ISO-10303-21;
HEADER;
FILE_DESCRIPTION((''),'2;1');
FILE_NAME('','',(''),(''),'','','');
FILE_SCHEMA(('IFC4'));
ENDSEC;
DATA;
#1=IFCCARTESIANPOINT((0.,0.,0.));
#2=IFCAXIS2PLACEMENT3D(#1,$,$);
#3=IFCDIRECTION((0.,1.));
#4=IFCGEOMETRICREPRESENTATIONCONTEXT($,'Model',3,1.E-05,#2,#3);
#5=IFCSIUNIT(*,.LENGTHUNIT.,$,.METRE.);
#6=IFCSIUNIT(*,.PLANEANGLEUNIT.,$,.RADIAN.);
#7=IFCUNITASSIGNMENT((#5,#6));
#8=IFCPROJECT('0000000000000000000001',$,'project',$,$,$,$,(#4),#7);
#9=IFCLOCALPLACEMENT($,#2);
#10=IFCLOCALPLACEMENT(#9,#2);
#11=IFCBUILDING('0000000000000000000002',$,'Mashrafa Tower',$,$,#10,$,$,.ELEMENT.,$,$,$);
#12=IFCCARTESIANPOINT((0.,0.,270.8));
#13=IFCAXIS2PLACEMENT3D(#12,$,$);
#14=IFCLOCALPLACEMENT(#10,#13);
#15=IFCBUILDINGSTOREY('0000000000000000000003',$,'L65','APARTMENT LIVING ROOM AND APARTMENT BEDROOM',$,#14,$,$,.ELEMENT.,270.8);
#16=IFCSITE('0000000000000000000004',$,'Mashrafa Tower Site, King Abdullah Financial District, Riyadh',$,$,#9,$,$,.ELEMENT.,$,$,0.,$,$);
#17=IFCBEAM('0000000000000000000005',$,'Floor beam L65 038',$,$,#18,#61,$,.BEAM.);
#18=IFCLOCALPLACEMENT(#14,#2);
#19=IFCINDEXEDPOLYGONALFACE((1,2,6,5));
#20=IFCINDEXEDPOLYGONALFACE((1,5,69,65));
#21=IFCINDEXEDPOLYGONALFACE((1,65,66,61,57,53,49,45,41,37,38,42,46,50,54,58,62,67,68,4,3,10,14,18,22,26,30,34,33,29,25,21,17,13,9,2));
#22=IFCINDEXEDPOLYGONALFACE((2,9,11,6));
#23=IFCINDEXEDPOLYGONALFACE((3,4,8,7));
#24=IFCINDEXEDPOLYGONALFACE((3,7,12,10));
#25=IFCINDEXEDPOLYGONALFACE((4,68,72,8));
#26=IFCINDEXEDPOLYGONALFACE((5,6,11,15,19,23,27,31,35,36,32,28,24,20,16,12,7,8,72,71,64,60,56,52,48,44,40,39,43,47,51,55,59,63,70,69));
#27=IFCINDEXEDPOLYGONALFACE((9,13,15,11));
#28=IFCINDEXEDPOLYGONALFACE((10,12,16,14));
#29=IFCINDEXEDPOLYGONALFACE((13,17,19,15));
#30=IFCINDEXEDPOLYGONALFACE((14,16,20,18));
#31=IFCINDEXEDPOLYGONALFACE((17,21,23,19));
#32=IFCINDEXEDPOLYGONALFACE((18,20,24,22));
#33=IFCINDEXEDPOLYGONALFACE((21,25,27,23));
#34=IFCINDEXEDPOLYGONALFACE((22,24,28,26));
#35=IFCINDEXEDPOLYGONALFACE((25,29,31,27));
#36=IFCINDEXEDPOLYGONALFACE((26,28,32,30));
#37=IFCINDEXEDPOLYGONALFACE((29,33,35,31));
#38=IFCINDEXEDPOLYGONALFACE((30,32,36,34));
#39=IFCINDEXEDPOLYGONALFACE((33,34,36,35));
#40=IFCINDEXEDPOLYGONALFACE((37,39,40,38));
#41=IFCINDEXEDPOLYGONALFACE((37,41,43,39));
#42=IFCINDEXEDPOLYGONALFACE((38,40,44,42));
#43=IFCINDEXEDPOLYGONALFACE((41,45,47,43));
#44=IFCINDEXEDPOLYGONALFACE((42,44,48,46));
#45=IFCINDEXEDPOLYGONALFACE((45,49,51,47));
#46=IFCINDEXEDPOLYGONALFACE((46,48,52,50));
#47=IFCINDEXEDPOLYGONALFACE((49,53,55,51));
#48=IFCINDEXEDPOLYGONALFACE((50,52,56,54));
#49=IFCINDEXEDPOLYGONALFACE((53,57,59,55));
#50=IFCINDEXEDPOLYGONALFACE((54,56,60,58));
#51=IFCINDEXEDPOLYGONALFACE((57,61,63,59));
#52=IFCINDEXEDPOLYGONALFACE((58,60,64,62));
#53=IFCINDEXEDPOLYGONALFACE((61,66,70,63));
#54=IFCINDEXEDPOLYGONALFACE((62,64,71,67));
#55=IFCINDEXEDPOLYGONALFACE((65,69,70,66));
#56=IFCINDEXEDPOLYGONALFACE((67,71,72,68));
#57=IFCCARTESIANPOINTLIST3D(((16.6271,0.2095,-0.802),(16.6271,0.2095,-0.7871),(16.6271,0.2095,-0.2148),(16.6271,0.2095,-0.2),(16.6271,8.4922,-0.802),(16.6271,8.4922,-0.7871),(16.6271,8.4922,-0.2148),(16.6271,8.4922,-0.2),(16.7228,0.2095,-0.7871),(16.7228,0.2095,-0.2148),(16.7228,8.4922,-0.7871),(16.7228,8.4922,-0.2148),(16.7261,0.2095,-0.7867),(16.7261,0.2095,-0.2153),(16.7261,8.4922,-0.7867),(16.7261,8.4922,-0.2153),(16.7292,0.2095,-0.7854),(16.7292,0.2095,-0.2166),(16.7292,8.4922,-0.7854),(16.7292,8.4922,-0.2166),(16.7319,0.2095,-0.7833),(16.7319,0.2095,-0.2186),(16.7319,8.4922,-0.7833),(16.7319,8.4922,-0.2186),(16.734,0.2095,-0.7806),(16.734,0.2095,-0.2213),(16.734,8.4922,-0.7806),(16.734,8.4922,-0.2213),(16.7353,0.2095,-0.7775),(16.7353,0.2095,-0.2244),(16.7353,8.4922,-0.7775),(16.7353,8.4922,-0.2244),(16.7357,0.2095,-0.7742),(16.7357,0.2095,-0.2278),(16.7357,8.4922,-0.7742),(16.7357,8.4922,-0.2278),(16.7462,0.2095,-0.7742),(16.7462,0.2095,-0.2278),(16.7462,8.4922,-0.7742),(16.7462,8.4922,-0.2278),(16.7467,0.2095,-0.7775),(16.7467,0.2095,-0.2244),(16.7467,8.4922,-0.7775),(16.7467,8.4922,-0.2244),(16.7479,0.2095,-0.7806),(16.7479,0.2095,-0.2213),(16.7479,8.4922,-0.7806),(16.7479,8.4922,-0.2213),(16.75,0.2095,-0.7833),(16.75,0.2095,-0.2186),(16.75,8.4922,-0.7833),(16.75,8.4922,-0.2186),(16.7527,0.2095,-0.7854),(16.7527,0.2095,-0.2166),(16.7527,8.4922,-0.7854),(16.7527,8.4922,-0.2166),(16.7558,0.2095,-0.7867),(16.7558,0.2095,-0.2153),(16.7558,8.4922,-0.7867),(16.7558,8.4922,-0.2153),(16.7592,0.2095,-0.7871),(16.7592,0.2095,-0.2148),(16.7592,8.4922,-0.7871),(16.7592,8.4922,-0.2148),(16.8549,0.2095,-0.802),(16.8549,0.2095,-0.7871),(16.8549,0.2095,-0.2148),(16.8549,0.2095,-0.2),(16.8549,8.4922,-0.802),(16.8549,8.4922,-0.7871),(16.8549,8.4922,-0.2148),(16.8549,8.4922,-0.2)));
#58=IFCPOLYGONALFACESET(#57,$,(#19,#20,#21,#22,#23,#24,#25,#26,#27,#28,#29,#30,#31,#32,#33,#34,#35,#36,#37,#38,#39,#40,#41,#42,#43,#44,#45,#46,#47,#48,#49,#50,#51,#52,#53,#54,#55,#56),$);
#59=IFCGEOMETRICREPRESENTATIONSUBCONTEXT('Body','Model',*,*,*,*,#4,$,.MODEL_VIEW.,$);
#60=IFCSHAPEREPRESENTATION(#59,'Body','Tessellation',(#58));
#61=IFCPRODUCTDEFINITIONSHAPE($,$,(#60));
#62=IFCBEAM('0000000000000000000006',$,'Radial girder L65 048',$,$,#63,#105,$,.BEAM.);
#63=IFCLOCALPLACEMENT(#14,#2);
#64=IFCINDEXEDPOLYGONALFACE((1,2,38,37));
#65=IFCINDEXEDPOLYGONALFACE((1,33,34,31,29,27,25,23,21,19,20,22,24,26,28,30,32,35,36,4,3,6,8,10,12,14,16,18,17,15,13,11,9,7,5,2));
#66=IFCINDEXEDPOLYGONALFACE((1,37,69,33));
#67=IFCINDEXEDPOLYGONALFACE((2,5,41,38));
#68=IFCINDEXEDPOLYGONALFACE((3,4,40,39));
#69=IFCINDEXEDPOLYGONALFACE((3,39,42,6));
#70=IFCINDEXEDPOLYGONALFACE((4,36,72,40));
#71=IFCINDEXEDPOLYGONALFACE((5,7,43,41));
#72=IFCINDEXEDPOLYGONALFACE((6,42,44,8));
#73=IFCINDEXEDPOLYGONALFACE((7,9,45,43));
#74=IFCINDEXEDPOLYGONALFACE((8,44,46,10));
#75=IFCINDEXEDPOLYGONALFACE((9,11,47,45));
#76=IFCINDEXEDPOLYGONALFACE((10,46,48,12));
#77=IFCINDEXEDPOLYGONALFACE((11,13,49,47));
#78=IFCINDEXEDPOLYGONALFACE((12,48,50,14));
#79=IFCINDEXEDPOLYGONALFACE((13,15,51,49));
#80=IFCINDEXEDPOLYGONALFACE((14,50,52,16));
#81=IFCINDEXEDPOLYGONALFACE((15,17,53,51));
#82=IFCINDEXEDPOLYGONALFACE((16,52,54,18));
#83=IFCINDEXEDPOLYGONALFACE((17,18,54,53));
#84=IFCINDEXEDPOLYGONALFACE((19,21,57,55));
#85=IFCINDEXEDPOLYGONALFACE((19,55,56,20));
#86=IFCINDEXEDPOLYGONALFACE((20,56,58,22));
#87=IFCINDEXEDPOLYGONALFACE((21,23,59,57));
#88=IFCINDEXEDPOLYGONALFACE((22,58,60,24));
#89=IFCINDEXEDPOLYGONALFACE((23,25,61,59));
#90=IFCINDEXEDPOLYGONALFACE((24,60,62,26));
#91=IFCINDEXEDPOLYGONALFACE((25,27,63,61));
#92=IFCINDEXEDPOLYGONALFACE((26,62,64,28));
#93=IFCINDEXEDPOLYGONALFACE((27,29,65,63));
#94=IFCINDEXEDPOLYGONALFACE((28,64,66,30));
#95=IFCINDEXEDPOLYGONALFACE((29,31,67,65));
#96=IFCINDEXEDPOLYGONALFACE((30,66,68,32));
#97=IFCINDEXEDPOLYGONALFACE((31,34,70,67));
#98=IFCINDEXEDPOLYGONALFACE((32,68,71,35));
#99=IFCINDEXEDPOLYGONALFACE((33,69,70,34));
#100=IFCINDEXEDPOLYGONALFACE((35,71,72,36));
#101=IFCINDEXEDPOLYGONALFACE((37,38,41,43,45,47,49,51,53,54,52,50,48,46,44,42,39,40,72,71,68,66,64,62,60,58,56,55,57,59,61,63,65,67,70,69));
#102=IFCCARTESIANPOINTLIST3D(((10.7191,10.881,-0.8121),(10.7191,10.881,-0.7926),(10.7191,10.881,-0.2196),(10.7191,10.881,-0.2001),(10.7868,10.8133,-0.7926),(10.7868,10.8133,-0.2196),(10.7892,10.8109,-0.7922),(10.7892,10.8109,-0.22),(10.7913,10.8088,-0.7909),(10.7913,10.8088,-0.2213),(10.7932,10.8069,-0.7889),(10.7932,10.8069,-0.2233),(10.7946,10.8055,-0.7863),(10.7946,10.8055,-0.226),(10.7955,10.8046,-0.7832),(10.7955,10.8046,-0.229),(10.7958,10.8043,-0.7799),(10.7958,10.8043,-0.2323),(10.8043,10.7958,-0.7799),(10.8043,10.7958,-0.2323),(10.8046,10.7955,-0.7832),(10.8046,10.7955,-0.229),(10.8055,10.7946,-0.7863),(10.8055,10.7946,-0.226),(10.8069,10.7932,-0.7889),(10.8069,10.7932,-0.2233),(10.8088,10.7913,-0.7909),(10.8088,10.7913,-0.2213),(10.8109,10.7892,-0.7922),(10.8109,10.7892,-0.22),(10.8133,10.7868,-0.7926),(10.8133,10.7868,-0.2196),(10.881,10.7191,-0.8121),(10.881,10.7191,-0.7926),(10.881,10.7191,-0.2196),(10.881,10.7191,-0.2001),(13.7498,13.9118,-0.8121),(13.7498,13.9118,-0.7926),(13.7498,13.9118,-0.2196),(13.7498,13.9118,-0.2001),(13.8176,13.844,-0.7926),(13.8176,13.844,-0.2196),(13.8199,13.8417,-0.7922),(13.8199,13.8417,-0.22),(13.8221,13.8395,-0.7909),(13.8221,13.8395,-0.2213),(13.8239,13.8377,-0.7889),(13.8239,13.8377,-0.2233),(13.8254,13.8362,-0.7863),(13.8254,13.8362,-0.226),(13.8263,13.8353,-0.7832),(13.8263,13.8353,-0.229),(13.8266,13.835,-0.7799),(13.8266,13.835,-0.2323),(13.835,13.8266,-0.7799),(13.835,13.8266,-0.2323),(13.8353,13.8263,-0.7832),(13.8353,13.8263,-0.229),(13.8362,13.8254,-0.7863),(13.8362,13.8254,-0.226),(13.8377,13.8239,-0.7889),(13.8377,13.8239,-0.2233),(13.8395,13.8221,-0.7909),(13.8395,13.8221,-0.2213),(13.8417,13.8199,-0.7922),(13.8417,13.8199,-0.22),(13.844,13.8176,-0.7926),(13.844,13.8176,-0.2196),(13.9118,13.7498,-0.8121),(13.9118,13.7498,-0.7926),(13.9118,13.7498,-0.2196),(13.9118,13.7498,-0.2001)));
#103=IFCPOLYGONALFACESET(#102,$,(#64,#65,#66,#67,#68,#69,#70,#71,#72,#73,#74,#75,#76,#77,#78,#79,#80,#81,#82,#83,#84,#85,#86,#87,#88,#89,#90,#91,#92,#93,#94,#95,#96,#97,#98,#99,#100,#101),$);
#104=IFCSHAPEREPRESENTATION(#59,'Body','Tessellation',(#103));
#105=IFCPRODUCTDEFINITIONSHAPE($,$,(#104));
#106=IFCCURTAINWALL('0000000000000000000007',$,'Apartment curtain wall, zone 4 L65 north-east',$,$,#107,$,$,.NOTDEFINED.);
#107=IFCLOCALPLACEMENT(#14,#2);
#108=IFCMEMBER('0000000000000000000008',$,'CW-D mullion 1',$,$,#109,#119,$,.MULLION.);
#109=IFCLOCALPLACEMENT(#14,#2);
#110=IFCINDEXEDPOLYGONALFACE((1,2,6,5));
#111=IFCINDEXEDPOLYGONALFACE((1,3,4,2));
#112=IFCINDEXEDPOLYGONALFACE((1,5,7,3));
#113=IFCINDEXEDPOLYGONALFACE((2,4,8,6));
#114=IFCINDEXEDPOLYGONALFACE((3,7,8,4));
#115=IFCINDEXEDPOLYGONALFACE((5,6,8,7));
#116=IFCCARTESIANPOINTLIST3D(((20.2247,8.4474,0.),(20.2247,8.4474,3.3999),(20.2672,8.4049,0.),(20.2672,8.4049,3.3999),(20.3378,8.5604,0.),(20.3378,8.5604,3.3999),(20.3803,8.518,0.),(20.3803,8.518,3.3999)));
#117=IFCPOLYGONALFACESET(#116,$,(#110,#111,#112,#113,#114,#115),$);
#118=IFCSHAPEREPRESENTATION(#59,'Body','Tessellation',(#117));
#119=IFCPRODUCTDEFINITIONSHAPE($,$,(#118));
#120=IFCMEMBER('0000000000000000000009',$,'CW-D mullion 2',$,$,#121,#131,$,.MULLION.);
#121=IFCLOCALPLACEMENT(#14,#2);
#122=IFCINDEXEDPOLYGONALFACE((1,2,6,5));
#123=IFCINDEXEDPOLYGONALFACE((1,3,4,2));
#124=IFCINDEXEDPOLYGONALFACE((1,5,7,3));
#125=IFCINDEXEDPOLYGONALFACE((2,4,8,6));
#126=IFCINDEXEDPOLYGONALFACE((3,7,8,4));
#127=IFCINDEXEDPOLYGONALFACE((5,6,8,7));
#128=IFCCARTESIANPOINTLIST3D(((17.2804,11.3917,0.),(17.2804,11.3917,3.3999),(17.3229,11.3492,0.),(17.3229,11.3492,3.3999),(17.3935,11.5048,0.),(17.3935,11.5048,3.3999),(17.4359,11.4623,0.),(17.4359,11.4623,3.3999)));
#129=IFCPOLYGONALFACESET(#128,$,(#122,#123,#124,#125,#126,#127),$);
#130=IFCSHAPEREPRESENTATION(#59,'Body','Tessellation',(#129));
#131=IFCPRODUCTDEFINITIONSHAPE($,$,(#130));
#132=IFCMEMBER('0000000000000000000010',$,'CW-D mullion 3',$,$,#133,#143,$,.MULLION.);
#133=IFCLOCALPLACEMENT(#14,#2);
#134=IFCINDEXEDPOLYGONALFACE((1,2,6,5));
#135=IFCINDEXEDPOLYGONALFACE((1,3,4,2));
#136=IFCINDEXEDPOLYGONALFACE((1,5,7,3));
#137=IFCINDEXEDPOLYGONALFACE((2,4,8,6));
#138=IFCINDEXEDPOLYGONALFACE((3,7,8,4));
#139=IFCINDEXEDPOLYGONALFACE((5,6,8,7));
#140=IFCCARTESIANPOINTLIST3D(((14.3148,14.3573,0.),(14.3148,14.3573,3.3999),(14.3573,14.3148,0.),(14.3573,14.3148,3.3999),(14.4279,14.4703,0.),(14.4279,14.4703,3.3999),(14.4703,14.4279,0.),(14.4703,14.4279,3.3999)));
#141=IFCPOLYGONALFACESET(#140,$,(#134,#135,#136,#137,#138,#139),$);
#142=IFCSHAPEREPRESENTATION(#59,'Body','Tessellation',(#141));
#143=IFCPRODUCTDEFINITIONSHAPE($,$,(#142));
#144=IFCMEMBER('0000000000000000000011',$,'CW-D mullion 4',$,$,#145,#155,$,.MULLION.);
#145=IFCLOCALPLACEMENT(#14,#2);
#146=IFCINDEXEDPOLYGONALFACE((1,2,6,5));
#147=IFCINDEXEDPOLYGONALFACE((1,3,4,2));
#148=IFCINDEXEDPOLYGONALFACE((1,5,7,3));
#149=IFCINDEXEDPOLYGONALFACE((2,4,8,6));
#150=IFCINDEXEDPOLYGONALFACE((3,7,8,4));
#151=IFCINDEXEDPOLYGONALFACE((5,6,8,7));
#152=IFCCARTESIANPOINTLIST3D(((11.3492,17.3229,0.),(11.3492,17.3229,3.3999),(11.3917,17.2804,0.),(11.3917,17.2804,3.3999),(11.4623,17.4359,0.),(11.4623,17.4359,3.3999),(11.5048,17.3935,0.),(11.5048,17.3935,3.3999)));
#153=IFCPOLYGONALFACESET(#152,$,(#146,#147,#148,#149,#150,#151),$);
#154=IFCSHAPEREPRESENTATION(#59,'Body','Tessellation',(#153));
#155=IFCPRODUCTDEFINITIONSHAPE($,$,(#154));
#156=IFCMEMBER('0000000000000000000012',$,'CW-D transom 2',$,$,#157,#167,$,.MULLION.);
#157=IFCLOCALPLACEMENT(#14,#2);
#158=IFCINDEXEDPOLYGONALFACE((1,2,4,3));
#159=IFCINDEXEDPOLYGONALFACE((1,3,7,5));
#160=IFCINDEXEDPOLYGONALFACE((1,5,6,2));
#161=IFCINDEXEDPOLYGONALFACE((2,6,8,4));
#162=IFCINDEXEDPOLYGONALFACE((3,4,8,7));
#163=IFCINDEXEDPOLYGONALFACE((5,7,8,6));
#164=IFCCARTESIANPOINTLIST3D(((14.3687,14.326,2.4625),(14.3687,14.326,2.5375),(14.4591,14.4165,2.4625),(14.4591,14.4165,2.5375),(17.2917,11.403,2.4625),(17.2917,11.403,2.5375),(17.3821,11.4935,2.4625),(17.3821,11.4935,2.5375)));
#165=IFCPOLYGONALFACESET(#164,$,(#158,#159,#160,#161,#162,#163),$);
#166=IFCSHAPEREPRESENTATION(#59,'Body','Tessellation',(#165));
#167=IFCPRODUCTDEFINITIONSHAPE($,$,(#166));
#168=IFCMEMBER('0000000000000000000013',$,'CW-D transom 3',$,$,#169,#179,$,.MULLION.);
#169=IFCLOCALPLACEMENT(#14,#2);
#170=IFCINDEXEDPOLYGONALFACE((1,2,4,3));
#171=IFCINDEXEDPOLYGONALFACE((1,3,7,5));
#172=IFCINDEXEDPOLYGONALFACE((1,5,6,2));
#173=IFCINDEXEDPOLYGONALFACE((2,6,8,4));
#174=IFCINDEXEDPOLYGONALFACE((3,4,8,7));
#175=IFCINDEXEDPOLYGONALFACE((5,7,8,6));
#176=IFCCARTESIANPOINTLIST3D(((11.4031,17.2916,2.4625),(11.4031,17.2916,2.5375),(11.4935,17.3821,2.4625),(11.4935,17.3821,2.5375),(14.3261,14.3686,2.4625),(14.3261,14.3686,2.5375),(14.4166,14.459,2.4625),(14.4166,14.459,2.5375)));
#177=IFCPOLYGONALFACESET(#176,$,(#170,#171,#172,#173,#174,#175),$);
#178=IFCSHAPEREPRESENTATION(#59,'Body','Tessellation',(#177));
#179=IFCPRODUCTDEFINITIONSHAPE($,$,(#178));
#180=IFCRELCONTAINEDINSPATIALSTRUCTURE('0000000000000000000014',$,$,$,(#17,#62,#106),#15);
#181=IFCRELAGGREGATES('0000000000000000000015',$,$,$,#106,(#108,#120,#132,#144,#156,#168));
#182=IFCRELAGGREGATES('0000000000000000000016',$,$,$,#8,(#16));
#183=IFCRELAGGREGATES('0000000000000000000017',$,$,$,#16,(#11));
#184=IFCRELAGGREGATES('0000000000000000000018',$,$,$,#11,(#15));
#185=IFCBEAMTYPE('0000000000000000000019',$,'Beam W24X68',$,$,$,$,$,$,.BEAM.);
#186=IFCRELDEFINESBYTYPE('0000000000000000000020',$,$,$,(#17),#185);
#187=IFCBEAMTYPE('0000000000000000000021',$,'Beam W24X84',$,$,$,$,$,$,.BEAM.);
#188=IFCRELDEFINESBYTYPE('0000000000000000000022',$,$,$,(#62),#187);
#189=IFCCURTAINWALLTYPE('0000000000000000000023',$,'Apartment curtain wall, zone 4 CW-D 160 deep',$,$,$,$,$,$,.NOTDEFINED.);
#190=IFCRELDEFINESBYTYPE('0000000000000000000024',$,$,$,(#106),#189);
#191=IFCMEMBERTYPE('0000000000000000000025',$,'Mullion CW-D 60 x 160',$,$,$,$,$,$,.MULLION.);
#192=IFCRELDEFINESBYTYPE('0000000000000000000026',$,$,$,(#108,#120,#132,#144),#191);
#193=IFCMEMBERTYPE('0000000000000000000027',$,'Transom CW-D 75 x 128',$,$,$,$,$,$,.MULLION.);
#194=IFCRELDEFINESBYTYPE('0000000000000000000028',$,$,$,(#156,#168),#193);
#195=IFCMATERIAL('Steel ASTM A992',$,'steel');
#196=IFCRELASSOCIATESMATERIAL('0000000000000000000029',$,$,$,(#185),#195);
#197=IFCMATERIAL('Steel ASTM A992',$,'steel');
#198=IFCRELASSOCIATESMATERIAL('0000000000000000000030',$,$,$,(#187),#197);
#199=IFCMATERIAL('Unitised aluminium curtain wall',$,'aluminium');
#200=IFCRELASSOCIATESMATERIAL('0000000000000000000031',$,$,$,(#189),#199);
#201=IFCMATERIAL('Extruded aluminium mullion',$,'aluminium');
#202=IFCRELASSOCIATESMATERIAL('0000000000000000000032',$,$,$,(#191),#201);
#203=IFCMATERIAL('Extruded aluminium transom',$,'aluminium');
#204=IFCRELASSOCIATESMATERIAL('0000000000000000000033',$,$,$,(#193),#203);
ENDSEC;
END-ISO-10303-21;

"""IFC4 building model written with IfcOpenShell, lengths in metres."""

from ifc_helpers import new_model, si_unit, direction, frame, origin, origin_2d, place, context, subcontext, project, spatial, rectangle, i_section, extrude, source, transform, mapped, material, material_profile, profile_set, type_object, type_shapes, element, aggregate, save


model = new_model("IFC4")

# Units and contexts
model_context = context("Model", 3, precision=1e-05, world=origin(), true_north=direction((0.0, 1.0)))
body_context = subcontext(model_context, "Body", "Model", "MODEL_VIEW")
ifc_project = project(units=[si_unit("LENGTHUNIT", "METRE"), si_unit("PLANEANGLEUNIT", "RADIAN")], contexts=[model_context])

# Site, building, storey
site_placement = place(None, origin())
site = spatial("IfcSite", under=ifc_project, at=site_placement, Name="Mashrafa Tower Site, King Abdullah Financial District, Riyadh", CompositionType="ELEMENT", RefElevation=0.0)
building_placement = place(site_placement, origin())
building = spatial("IfcBuilding", under=site, at=building_placement, Name="Mashrafa Tower", CompositionType="ELEMENT")
storey_placement = place(building_placement, frame((0.0, 0.0, 270.8)))
storey = spatial("IfcBuildingStorey", under=building, at=storey_placement, Name="L65", Description="APARTMENT LIVING ROOM AND APARTMENT BEDROOM", CompositionType="ELEMENT", Elevation=270.8)

# Beams
ifc_material_1 = material(Name="Steel ASTM A992", Category="steel")
ifc_material_profile_1 = material_profile(ifc_material_1, i_section(OverallWidth=0.2278, OverallDepth=0.6021, WebThickness=0.0105, FlangeThickness=0.0149, FilletRadius=0.0129, at=origin_2d()), Name="W24X68")
ifc_profile_set_1 = profile_set([ifc_material_profile_1], Name="Steel ASTM A992")
beam_type_1 = type_object("IfcBeamType", Name="Beam W24X68", PredefinedType="BEAM", material=ifc_profile_set_1)
beam_1_placement = place(storey_placement, frame((16.741, 8.4922, -0.501), z_axis=(0.0, -1.0, 0.0), x_axis=(1.0, 0.0, 0.0)))
element("IfcBeam", 1, at=beam_1_placement, inside=storey, type_object=beam_type_1, Name="Floor beam L65 038", PredefinedType="BEAM", context=body_context, shape_type="SweptSolid", body=[
    extrude(i_section(OverallWidth=0.2278, OverallDepth=0.6021, WebThickness=0.0105, FlangeThickness=0.0149, FilletRadius=0.0129, at=origin_2d()), origin(), (0.0, 0.0, 1.0), 8.2827),
])
ifc_material_2 = material(Name="Steel ASTM A992", Category="steel")
ifc_material_profile_2 = material_profile(ifc_material_2, i_section(OverallWidth=0.229, OverallDepth=0.6121, WebThickness=0.012, FlangeThickness=0.0195, FilletRadius=0.0127, at=origin_2d()), Name="W24X84")
ifc_profile_set_2 = profile_set([ifc_material_profile_2], Name="Steel ASTM A992")
beam_type_2 = type_object("IfcBeamType", Name="Beam W24X84", PredefinedType="BEAM", material=ifc_profile_set_2)
beam_2_placement = place(storey_placement, frame((10.8, 10.8, -0.5061), z_axis=(0.707107, 0.707107, 0.0), x_axis=(-0.707107, 0.707107, 0.0)))
element("IfcBeam", 2, at=beam_2_placement, inside=storey, type_object=beam_type_2, Name="Radial girder L65 048", PredefinedType="BEAM", context=body_context, shape_type="SweptSolid", body=[
    extrude(i_section(OverallWidth=0.229, OverallDepth=0.6121, WebThickness=0.012, FlangeThickness=0.0195, FilletRadius=0.0127, at=origin_2d()), origin(), (0.0, 0.0, 1.0), 4.2861),
])

# Curtain wall, members
ifc_material_3 = material(Name="Unitised aluminium curtain wall", Category="aluminium")
curtain_wall_type = type_object("IfcCurtainWallType", Name="Apartment curtain wall, zone 4 CW-D 160 deep", PredefinedType="NOTDEFINED", material=ifc_material_3)
curtain_wall_placement = place(storey_placement, origin())
curtain_wall = element("IfcCurtainWall", 3, at=curtain_wall_placement, inside=storey, type_object=curtain_wall_type, Name="Apartment curtain wall, zone 4 L65 north-east", PredefinedType="NOTDEFINED")
ifc_material_4 = material(Name="Extruded aluminium mullion", Category="aluminium")
ifc_material_profile_3 = material_profile(ifc_material_4, rectangle(XDim=0.1599, YDim=0.0601, at=origin_2d()), Name="Mullion 60x160")
ifc_profile_set_3 = profile_set([ifc_material_profile_3], Name="Extruded aluminium mullion")
member_type_1 = type_object("IfcMemberType", Name="Mullion CW-D 60 x 160", PredefinedType="MULLION", material=ifc_profile_set_3)
shared_shape_1 = source(origin(), body_context, "Body", "SweptSolid", [
    extrude(rectangle(XDim=0.1599, YDim=0.0601, at=origin_2d()), origin(), (0.0, 0.0, 1.0), 3.3999),
])
type_shapes(member_type_1, [shared_shape_1])
member_1_placement = place(storey_placement, frame((20.3025, 8.4827, 0.0), z_axis=(0.0, 0.0, 1.0), x_axis=(-0.707107, -0.707107, 0.0)))
member_1 = element("IfcMember", 4, at=member_1_placement, type_object=member_type_1, Name="CW-D mullion 1", PredefinedType="MULLION", context=body_context, shape_type="MappedRepresentation", body=[
    mapped(shared_shape_1, transform((0.0, 0.0, 0.0))),
])
member_2_placement = place(storey_placement, frame((17.3582, 11.427, 0.0), z_axis=(0.0, 0.0, 1.0), x_axis=(-0.707107, -0.707107, 0.0)))
member_2 = element("IfcMember", 5, at=member_2_placement, type_object=member_type_1, Name="CW-D mullion 2", PredefinedType="MULLION", context=body_context, shape_type="MappedRepresentation", body=[
    mapped(shared_shape_1, transform((0.0, 0.0, 0.0))),
])
member_3_placement = place(storey_placement, frame((14.3926, 14.3926, 0.0), z_axis=(0.0, 0.0, 1.0), x_axis=(-0.707107, -0.707107, 0.0)))
member_3 = element("IfcMember", 6, at=member_3_placement, type_object=member_type_1, Name="CW-D mullion 3", PredefinedType="MULLION", context=body_context, shape_type="MappedRepresentation", body=[
    mapped(shared_shape_1, transform((0.0, 0.0, 0.0))),
])
member_4_placement = place(storey_placement, frame((11.427, 17.3582, 0.0), z_axis=(0.0, 0.0, 1.0), x_axis=(-0.707107, -0.707107, 0.0)))
member_4 = element("IfcMember", 7, at=member_4_placement, type_object=member_type_1, Name="CW-D mullion 4", PredefinedType="MULLION", context=body_context, shape_type="MappedRepresentation", body=[
    mapped(shared_shape_1, transform((0.0, 0.0, 0.0))),
])
ifc_material_5 = material(Name="Extruded aluminium transom", Category="aluminium")
ifc_material_profile_4 = material_profile(ifc_material_5, rectangle(XDim=0.1279, YDim=0.075, at=origin_2d()), Name="Transom 75x128")
ifc_profile_set_4 = profile_set([ifc_material_profile_4], Name="Extruded aluminium transom")
member_type_2 = type_object("IfcMemberType", Name="Transom CW-D 75 x 128", PredefinedType="MULLION", material=ifc_profile_set_4)
shared_shape_2 = source(origin(), body_context, "Body", "SweptSolid", [
    extrude(rectangle(XDim=0.1279, YDim=0.075, at=origin_2d()), origin(), (0.0, 0.0, 1.0), 4.1338),
])
member_5_placement = place(storey_placement, frame((17.3369, 11.4482, 2.5), z_axis=(-0.707107, 0.707107, 0.0), x_axis=(-0.707107, -0.707107, 0.0)))
member_5 = element("IfcMember", 8, at=member_5_placement, type_object=member_type_2, Name="CW-D transom 2", PredefinedType="MULLION", context=body_context, shape_type="MappedRepresentation", body=[
    mapped(shared_shape_2, transform((0.0, 0.0, 0.0))),
])
member_6_placement = place(storey_placement, frame((14.3713, 14.4138, 2.5), z_axis=(-0.707107, 0.707107, 0.0), x_axis=(-0.707107, -0.707107, 0.0)))
member_6 = element("IfcMember", 9, at=member_6_placement, type_object=member_type_2, Name="CW-D transom 3", PredefinedType="MULLION", context=body_context, shape_type="MappedRepresentation", body=[
    mapped(shared_shape_2, transform((0.0, 0.0, 0.0))),
])
aggregate(curtain_wall, [member_1, member_2, member_3, member_4, member_5, member_6])

save(model, "model.ifc")
